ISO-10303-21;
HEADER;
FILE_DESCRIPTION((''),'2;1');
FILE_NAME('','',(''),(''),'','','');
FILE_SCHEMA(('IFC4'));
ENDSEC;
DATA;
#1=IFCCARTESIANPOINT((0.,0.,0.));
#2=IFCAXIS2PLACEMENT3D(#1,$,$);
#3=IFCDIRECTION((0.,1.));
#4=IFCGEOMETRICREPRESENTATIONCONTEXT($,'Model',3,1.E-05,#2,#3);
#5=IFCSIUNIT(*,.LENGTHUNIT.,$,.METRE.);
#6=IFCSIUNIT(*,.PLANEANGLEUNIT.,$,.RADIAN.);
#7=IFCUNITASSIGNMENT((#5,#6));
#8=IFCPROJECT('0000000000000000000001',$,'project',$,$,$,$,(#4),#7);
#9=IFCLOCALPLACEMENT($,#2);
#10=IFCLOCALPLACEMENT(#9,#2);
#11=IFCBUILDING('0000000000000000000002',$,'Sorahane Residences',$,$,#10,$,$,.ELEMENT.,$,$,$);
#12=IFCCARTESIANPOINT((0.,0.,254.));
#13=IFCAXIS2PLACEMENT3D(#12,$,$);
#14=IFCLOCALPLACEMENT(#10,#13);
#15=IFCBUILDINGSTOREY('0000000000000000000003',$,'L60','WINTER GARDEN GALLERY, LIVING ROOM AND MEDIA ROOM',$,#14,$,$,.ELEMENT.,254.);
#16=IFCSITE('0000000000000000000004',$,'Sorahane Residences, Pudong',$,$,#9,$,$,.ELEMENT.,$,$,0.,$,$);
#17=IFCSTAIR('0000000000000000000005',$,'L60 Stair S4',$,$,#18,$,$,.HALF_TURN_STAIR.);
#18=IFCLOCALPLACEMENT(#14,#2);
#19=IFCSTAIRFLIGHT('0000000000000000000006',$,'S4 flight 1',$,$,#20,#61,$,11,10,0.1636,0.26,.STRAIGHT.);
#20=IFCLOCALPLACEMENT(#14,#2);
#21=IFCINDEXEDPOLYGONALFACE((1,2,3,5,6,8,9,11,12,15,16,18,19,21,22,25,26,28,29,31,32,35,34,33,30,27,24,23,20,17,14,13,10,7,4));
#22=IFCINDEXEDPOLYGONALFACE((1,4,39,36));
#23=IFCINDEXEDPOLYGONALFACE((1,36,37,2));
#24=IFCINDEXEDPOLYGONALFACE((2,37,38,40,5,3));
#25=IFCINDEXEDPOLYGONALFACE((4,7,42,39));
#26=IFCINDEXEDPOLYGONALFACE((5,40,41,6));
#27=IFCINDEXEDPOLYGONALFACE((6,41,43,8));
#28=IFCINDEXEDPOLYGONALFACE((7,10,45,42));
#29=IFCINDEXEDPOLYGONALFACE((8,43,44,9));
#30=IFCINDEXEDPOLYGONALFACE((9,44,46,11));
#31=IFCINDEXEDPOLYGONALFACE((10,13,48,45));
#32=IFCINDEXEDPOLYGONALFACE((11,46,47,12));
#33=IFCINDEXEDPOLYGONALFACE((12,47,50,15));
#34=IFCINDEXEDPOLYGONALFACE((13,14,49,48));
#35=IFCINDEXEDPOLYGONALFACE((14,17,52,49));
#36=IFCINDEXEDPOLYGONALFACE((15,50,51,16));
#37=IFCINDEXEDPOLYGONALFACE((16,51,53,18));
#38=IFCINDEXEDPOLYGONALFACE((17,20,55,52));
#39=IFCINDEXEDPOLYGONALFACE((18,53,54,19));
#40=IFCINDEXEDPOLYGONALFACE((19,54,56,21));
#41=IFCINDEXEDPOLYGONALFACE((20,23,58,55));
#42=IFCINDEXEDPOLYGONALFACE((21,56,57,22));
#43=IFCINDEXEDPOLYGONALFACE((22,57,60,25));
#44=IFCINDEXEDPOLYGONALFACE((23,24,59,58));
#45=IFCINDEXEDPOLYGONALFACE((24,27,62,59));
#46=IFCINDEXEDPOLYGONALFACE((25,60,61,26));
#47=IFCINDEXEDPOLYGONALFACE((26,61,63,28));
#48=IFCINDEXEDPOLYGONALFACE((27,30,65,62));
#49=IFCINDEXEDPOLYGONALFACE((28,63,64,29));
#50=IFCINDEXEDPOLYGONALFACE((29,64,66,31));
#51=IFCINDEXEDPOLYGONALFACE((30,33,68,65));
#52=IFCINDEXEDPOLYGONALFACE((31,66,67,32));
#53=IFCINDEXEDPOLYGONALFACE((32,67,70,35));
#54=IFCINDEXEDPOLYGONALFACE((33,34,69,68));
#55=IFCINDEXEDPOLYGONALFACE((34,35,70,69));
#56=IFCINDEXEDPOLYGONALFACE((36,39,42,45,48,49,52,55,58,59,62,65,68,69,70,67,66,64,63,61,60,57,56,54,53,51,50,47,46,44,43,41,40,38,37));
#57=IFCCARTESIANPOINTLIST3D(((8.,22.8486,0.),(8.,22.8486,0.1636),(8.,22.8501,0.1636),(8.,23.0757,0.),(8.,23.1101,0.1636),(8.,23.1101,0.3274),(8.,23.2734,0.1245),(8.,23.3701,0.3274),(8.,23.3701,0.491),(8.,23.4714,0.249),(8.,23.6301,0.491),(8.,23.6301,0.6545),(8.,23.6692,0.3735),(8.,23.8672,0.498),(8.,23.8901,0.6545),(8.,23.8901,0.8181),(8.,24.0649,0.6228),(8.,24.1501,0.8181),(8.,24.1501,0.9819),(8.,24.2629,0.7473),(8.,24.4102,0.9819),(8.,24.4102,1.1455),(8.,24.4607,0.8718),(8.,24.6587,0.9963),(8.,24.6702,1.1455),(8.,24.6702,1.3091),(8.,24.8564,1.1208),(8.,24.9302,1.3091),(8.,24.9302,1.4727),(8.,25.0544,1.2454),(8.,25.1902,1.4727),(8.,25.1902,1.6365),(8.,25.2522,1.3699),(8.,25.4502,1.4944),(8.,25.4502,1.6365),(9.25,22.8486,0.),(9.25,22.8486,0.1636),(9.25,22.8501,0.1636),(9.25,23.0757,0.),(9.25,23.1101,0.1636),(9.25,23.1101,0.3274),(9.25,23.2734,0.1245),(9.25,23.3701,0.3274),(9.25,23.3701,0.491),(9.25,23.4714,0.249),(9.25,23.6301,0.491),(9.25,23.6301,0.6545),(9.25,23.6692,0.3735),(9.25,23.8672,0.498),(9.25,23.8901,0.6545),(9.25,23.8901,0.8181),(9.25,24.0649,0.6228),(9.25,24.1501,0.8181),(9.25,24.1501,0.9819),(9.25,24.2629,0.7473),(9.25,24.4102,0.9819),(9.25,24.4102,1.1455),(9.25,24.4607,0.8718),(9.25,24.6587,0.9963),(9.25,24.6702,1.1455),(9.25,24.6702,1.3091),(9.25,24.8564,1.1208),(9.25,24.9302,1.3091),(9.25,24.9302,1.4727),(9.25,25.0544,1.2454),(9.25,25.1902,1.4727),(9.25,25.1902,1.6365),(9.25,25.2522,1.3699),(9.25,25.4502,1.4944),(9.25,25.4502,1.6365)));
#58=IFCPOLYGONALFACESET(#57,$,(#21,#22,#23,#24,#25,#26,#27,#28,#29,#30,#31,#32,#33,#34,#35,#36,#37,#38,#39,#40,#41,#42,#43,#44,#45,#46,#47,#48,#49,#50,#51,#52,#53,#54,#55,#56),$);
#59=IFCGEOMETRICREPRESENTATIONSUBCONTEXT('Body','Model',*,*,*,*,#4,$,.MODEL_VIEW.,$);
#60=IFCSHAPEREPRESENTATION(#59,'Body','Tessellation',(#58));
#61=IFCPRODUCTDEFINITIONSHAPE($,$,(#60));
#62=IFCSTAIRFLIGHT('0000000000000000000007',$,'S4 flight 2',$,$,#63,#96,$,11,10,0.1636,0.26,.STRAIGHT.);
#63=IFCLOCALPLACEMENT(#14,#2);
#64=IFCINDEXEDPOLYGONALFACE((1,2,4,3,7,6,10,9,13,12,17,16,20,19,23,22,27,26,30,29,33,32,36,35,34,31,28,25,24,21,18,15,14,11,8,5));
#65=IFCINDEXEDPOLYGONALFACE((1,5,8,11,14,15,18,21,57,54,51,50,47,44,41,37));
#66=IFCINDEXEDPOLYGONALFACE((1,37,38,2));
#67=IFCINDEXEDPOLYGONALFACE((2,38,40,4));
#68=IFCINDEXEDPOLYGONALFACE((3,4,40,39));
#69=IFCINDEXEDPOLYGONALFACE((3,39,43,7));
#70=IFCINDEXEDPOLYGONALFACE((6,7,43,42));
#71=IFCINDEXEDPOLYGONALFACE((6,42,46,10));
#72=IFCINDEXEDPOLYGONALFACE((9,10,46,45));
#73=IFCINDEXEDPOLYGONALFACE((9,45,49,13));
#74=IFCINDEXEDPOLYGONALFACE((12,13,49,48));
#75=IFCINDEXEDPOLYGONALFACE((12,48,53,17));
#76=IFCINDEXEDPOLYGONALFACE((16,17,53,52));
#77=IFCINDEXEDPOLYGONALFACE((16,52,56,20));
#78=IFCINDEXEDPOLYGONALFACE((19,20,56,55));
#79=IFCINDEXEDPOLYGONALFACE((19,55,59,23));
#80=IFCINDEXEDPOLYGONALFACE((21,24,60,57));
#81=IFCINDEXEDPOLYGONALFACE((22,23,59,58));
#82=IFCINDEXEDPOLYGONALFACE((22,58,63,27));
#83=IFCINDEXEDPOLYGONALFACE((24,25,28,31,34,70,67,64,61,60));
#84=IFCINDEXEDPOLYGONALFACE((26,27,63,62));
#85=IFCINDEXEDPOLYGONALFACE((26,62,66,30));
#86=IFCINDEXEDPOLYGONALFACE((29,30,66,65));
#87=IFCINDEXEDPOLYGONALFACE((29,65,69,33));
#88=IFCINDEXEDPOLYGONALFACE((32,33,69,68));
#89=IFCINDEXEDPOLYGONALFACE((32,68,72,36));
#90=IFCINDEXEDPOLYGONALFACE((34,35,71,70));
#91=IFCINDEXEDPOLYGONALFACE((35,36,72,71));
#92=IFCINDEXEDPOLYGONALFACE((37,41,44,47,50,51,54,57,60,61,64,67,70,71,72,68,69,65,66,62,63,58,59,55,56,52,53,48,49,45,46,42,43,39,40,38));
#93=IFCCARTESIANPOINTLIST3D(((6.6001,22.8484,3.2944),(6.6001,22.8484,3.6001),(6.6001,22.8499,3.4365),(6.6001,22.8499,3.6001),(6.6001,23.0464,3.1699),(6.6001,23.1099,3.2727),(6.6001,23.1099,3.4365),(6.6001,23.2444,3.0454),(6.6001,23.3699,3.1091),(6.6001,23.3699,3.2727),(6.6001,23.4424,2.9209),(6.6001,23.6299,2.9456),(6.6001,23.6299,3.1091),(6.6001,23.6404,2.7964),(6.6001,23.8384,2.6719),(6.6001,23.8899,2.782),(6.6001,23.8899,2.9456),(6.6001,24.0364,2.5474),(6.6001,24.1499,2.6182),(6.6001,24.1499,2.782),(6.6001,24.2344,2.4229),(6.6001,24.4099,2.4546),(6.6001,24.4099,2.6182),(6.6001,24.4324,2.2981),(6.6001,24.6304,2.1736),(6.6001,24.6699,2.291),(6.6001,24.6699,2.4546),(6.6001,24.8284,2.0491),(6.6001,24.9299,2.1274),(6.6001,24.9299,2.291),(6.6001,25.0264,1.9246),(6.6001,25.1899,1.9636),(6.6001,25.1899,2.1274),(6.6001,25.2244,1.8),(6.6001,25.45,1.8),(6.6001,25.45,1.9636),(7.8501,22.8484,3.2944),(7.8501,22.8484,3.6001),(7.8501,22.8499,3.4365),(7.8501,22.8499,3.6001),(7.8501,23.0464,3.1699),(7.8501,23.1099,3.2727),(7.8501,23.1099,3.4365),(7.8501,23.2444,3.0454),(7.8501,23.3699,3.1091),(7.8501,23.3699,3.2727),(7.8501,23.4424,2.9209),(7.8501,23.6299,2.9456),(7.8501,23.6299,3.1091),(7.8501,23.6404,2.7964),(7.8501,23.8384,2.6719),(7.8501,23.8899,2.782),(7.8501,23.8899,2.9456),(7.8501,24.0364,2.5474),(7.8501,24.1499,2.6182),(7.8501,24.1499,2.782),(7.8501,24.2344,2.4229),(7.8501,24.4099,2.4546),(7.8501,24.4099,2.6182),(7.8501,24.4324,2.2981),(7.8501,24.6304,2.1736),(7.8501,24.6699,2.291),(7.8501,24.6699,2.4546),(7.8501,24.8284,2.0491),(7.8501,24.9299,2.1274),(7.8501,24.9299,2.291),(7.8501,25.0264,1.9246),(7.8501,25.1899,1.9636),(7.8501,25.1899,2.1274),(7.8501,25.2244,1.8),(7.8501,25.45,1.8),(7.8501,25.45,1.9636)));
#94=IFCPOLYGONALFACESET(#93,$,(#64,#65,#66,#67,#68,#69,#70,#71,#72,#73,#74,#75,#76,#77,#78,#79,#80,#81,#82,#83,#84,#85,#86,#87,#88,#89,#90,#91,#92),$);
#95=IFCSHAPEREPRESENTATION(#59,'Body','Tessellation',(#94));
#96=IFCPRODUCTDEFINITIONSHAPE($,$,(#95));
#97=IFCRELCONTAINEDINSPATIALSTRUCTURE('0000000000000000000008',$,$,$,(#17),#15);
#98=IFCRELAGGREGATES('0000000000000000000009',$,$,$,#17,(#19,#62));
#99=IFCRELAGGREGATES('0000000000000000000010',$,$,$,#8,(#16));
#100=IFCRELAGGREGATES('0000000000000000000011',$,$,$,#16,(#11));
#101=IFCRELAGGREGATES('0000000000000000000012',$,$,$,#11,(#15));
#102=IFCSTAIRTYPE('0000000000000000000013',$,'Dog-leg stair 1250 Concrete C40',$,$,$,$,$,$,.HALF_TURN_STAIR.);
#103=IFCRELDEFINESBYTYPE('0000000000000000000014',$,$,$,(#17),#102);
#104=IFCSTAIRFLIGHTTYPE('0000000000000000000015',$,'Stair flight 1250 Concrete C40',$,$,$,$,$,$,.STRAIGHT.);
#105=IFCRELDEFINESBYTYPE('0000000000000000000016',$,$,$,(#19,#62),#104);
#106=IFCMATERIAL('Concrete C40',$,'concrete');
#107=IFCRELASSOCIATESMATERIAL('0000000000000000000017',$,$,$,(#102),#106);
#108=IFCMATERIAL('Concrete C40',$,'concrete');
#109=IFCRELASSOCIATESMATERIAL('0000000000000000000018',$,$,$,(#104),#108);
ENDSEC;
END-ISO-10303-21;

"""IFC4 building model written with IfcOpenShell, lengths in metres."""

from ifc_helpers import new_model, si_unit, direction, frame, origin, place, context, subcontext, project, spatial, polyline, outline, extrude, material, type_object, element, aggregate, save


model = new_model("IFC4")

# Units and contexts
model_context = context("Model", 3, precision=1e-05, world=origin(), true_north=direction((0.0, 1.0)))
body_context = subcontext(model_context, "Body", "Model", "MODEL_VIEW")
ifc_project = project(units=[si_unit("LENGTHUNIT", "METRE"), si_unit("PLANEANGLEUNIT", "RADIAN")], contexts=[model_context])

# Site, building, storey
site_placement = place(None, origin())
site = spatial("IfcSite", under=ifc_project, at=site_placement, Name="Sorahane Residences, Pudong", CompositionType="ELEMENT", RefElevation=0.0)
building_placement = place(site_placement, origin())
building = spatial("IfcBuilding", under=site, at=building_placement, Name="Sorahane Residences", CompositionType="ELEMENT")
storey_placement = place(building_placement, frame((0.0, 0.0, 254.0)))
storey = spatial("IfcBuildingStorey", under=building, at=storey_placement, Name="L60", Description="WINTER GARDEN GALLERY, LIVING ROOM AND MEDIA ROOM", CompositionType="ELEMENT", Elevation=254.0)

# Stair, stair flights
ifc_material_1 = material(Name="Concrete C40", Category="concrete")
stair_type = type_object("IfcStairType", Name="Dog-leg stair 1250 Concrete C40", PredefinedType="HALF_TURN_STAIR", material=ifc_material_1)
stair_placement = place(storey_placement, origin())
stair = element("IfcStair", 1, at=stair_placement, inside=storey, type_object=stair_type, Name="L60 Stair S4", PredefinedType="HALF_TURN_STAIR")
ifc_material_2 = material(Name="Concrete C40", Category="concrete")
stair_flight_type = type_object("IfcStairFlightType", Name="Stair flight 1250 Concrete C40", PredefinedType="STRAIGHT", material=ifc_material_2)
stair_flight_1_placement = place(storey_placement, frame((8.625, 22.8501, 0.0), z_axis=(0.0, 0.0, 1.0), x_axis=(0.0, 1.0, 0.0)))
stair_flight_1 = element("IfcStairFlight", 2, at=stair_flight_1_placement, type_object=stair_flight_type, Name="S4 flight 1", NumberOfRisers=11, NumberOfTreads=10, PredefinedType="STRAIGHT", RiserHeight=0.1636, TreadLength=0.26, context=body_context, shape_type="SweptSolid", body=[
    extrude(outline(polyline([(-0.0015, 0.0), (-0.0015, 0.1636), (0.0, 0.1636), (0.26, 0.1636), (0.26, 0.3274), (0.52, 0.3274), (0.52, 0.491), (0.78, 0.491), (0.78, 0.6545), (1.04, 0.6545), (1.04, 0.8181), (1.3, 0.8181), (1.3, 0.9819), (1.5601, 0.9819), (1.5601, 1.1455), (1.8201, 1.1455), (1.8201, 1.3091), (2.0801, 1.3091), (2.0801, 1.4727), (2.3401, 1.4727), (2.3401, 1.6365), (2.6001, 1.6365), (2.6001, 1.8), (2.6001, 1.4944), (2.4021, 1.3699), (2.2043, 1.2454), (2.0063, 1.1208), (1.8086, 0.9963), (1.6106, 0.8718), (1.4128, 0.7473), (1.2148, 0.6228), (1.0171, 0.498), (0.8191, 0.3735), (0.6213, 0.249), (0.4233, 0.1245), (0.2256, 0.0), (-0.0015, 0.0)])), frame((0.0, 0.625, 0.0), z_axis=(0.0, -1.0, 0.0), x_axis=(1.0, 0.0, 0.0)), (0.0, 0.0, 1.0), 1.25),
])
stair_flight_2_placement = place(storey_placement, frame((7.2251, 25.45, 1.8), z_axis=(0.0, 0.0, 1.0), x_axis=(0.0, -1.0, 0.0)))
stair_flight_2 = element("IfcStairFlight", 3, at=stair_flight_2_placement, type_object=stair_flight_type, Name="S4 flight 2", NumberOfRisers=11, NumberOfTreads=10, PredefinedType="STRAIGHT", RiserHeight=0.1636, TreadLength=0.26, context=body_context, shape_type="SweptSolid", body=[
    extrude(outline(polyline([(0.0, 0.0), (0.0, 0.1636), (0.26, 0.1636), (0.26, 0.3274), (0.52, 0.3274), (0.52, 0.491), (0.78, 0.491), (0.78, 0.6545), (1.04, 0.6545), (1.04, 0.8181), (1.3, 0.8181), (1.3, 0.9819), (1.5601, 0.9819), (1.5601, 1.1455), (1.8201, 1.1455), (1.8201, 1.3091), (2.0801, 1.3091), (2.0801, 1.4727), (2.3401, 1.4727), (2.3401, 1.6365), (2.6001, 1.6365), (2.6001, 1.8), (2.6016, 1.8), (2.6016, 1.4944), (2.4036, 1.3699), (2.2056, 1.2454), (2.0076, 1.1208), (1.8096, 0.9963), (1.6116, 0.8718), (1.4136, 0.7473), (1.2156, 0.6228), (1.0176, 0.498), (0.8196, 0.3735), (0.6216, 0.249), (0.4236, 0.1245), (0.2256, 0.0), (0.0, 0.0)])), frame((0.0, 0.625, 0.0), z_axis=(0.0, -1.0, 0.0), x_axis=(1.0, 0.0, 0.0)), (0.0, 0.0, 1.0), 1.25),
])
aggregate(stair, [stair_flight_1, stair_flight_2])

save(model, "model.ifc")
